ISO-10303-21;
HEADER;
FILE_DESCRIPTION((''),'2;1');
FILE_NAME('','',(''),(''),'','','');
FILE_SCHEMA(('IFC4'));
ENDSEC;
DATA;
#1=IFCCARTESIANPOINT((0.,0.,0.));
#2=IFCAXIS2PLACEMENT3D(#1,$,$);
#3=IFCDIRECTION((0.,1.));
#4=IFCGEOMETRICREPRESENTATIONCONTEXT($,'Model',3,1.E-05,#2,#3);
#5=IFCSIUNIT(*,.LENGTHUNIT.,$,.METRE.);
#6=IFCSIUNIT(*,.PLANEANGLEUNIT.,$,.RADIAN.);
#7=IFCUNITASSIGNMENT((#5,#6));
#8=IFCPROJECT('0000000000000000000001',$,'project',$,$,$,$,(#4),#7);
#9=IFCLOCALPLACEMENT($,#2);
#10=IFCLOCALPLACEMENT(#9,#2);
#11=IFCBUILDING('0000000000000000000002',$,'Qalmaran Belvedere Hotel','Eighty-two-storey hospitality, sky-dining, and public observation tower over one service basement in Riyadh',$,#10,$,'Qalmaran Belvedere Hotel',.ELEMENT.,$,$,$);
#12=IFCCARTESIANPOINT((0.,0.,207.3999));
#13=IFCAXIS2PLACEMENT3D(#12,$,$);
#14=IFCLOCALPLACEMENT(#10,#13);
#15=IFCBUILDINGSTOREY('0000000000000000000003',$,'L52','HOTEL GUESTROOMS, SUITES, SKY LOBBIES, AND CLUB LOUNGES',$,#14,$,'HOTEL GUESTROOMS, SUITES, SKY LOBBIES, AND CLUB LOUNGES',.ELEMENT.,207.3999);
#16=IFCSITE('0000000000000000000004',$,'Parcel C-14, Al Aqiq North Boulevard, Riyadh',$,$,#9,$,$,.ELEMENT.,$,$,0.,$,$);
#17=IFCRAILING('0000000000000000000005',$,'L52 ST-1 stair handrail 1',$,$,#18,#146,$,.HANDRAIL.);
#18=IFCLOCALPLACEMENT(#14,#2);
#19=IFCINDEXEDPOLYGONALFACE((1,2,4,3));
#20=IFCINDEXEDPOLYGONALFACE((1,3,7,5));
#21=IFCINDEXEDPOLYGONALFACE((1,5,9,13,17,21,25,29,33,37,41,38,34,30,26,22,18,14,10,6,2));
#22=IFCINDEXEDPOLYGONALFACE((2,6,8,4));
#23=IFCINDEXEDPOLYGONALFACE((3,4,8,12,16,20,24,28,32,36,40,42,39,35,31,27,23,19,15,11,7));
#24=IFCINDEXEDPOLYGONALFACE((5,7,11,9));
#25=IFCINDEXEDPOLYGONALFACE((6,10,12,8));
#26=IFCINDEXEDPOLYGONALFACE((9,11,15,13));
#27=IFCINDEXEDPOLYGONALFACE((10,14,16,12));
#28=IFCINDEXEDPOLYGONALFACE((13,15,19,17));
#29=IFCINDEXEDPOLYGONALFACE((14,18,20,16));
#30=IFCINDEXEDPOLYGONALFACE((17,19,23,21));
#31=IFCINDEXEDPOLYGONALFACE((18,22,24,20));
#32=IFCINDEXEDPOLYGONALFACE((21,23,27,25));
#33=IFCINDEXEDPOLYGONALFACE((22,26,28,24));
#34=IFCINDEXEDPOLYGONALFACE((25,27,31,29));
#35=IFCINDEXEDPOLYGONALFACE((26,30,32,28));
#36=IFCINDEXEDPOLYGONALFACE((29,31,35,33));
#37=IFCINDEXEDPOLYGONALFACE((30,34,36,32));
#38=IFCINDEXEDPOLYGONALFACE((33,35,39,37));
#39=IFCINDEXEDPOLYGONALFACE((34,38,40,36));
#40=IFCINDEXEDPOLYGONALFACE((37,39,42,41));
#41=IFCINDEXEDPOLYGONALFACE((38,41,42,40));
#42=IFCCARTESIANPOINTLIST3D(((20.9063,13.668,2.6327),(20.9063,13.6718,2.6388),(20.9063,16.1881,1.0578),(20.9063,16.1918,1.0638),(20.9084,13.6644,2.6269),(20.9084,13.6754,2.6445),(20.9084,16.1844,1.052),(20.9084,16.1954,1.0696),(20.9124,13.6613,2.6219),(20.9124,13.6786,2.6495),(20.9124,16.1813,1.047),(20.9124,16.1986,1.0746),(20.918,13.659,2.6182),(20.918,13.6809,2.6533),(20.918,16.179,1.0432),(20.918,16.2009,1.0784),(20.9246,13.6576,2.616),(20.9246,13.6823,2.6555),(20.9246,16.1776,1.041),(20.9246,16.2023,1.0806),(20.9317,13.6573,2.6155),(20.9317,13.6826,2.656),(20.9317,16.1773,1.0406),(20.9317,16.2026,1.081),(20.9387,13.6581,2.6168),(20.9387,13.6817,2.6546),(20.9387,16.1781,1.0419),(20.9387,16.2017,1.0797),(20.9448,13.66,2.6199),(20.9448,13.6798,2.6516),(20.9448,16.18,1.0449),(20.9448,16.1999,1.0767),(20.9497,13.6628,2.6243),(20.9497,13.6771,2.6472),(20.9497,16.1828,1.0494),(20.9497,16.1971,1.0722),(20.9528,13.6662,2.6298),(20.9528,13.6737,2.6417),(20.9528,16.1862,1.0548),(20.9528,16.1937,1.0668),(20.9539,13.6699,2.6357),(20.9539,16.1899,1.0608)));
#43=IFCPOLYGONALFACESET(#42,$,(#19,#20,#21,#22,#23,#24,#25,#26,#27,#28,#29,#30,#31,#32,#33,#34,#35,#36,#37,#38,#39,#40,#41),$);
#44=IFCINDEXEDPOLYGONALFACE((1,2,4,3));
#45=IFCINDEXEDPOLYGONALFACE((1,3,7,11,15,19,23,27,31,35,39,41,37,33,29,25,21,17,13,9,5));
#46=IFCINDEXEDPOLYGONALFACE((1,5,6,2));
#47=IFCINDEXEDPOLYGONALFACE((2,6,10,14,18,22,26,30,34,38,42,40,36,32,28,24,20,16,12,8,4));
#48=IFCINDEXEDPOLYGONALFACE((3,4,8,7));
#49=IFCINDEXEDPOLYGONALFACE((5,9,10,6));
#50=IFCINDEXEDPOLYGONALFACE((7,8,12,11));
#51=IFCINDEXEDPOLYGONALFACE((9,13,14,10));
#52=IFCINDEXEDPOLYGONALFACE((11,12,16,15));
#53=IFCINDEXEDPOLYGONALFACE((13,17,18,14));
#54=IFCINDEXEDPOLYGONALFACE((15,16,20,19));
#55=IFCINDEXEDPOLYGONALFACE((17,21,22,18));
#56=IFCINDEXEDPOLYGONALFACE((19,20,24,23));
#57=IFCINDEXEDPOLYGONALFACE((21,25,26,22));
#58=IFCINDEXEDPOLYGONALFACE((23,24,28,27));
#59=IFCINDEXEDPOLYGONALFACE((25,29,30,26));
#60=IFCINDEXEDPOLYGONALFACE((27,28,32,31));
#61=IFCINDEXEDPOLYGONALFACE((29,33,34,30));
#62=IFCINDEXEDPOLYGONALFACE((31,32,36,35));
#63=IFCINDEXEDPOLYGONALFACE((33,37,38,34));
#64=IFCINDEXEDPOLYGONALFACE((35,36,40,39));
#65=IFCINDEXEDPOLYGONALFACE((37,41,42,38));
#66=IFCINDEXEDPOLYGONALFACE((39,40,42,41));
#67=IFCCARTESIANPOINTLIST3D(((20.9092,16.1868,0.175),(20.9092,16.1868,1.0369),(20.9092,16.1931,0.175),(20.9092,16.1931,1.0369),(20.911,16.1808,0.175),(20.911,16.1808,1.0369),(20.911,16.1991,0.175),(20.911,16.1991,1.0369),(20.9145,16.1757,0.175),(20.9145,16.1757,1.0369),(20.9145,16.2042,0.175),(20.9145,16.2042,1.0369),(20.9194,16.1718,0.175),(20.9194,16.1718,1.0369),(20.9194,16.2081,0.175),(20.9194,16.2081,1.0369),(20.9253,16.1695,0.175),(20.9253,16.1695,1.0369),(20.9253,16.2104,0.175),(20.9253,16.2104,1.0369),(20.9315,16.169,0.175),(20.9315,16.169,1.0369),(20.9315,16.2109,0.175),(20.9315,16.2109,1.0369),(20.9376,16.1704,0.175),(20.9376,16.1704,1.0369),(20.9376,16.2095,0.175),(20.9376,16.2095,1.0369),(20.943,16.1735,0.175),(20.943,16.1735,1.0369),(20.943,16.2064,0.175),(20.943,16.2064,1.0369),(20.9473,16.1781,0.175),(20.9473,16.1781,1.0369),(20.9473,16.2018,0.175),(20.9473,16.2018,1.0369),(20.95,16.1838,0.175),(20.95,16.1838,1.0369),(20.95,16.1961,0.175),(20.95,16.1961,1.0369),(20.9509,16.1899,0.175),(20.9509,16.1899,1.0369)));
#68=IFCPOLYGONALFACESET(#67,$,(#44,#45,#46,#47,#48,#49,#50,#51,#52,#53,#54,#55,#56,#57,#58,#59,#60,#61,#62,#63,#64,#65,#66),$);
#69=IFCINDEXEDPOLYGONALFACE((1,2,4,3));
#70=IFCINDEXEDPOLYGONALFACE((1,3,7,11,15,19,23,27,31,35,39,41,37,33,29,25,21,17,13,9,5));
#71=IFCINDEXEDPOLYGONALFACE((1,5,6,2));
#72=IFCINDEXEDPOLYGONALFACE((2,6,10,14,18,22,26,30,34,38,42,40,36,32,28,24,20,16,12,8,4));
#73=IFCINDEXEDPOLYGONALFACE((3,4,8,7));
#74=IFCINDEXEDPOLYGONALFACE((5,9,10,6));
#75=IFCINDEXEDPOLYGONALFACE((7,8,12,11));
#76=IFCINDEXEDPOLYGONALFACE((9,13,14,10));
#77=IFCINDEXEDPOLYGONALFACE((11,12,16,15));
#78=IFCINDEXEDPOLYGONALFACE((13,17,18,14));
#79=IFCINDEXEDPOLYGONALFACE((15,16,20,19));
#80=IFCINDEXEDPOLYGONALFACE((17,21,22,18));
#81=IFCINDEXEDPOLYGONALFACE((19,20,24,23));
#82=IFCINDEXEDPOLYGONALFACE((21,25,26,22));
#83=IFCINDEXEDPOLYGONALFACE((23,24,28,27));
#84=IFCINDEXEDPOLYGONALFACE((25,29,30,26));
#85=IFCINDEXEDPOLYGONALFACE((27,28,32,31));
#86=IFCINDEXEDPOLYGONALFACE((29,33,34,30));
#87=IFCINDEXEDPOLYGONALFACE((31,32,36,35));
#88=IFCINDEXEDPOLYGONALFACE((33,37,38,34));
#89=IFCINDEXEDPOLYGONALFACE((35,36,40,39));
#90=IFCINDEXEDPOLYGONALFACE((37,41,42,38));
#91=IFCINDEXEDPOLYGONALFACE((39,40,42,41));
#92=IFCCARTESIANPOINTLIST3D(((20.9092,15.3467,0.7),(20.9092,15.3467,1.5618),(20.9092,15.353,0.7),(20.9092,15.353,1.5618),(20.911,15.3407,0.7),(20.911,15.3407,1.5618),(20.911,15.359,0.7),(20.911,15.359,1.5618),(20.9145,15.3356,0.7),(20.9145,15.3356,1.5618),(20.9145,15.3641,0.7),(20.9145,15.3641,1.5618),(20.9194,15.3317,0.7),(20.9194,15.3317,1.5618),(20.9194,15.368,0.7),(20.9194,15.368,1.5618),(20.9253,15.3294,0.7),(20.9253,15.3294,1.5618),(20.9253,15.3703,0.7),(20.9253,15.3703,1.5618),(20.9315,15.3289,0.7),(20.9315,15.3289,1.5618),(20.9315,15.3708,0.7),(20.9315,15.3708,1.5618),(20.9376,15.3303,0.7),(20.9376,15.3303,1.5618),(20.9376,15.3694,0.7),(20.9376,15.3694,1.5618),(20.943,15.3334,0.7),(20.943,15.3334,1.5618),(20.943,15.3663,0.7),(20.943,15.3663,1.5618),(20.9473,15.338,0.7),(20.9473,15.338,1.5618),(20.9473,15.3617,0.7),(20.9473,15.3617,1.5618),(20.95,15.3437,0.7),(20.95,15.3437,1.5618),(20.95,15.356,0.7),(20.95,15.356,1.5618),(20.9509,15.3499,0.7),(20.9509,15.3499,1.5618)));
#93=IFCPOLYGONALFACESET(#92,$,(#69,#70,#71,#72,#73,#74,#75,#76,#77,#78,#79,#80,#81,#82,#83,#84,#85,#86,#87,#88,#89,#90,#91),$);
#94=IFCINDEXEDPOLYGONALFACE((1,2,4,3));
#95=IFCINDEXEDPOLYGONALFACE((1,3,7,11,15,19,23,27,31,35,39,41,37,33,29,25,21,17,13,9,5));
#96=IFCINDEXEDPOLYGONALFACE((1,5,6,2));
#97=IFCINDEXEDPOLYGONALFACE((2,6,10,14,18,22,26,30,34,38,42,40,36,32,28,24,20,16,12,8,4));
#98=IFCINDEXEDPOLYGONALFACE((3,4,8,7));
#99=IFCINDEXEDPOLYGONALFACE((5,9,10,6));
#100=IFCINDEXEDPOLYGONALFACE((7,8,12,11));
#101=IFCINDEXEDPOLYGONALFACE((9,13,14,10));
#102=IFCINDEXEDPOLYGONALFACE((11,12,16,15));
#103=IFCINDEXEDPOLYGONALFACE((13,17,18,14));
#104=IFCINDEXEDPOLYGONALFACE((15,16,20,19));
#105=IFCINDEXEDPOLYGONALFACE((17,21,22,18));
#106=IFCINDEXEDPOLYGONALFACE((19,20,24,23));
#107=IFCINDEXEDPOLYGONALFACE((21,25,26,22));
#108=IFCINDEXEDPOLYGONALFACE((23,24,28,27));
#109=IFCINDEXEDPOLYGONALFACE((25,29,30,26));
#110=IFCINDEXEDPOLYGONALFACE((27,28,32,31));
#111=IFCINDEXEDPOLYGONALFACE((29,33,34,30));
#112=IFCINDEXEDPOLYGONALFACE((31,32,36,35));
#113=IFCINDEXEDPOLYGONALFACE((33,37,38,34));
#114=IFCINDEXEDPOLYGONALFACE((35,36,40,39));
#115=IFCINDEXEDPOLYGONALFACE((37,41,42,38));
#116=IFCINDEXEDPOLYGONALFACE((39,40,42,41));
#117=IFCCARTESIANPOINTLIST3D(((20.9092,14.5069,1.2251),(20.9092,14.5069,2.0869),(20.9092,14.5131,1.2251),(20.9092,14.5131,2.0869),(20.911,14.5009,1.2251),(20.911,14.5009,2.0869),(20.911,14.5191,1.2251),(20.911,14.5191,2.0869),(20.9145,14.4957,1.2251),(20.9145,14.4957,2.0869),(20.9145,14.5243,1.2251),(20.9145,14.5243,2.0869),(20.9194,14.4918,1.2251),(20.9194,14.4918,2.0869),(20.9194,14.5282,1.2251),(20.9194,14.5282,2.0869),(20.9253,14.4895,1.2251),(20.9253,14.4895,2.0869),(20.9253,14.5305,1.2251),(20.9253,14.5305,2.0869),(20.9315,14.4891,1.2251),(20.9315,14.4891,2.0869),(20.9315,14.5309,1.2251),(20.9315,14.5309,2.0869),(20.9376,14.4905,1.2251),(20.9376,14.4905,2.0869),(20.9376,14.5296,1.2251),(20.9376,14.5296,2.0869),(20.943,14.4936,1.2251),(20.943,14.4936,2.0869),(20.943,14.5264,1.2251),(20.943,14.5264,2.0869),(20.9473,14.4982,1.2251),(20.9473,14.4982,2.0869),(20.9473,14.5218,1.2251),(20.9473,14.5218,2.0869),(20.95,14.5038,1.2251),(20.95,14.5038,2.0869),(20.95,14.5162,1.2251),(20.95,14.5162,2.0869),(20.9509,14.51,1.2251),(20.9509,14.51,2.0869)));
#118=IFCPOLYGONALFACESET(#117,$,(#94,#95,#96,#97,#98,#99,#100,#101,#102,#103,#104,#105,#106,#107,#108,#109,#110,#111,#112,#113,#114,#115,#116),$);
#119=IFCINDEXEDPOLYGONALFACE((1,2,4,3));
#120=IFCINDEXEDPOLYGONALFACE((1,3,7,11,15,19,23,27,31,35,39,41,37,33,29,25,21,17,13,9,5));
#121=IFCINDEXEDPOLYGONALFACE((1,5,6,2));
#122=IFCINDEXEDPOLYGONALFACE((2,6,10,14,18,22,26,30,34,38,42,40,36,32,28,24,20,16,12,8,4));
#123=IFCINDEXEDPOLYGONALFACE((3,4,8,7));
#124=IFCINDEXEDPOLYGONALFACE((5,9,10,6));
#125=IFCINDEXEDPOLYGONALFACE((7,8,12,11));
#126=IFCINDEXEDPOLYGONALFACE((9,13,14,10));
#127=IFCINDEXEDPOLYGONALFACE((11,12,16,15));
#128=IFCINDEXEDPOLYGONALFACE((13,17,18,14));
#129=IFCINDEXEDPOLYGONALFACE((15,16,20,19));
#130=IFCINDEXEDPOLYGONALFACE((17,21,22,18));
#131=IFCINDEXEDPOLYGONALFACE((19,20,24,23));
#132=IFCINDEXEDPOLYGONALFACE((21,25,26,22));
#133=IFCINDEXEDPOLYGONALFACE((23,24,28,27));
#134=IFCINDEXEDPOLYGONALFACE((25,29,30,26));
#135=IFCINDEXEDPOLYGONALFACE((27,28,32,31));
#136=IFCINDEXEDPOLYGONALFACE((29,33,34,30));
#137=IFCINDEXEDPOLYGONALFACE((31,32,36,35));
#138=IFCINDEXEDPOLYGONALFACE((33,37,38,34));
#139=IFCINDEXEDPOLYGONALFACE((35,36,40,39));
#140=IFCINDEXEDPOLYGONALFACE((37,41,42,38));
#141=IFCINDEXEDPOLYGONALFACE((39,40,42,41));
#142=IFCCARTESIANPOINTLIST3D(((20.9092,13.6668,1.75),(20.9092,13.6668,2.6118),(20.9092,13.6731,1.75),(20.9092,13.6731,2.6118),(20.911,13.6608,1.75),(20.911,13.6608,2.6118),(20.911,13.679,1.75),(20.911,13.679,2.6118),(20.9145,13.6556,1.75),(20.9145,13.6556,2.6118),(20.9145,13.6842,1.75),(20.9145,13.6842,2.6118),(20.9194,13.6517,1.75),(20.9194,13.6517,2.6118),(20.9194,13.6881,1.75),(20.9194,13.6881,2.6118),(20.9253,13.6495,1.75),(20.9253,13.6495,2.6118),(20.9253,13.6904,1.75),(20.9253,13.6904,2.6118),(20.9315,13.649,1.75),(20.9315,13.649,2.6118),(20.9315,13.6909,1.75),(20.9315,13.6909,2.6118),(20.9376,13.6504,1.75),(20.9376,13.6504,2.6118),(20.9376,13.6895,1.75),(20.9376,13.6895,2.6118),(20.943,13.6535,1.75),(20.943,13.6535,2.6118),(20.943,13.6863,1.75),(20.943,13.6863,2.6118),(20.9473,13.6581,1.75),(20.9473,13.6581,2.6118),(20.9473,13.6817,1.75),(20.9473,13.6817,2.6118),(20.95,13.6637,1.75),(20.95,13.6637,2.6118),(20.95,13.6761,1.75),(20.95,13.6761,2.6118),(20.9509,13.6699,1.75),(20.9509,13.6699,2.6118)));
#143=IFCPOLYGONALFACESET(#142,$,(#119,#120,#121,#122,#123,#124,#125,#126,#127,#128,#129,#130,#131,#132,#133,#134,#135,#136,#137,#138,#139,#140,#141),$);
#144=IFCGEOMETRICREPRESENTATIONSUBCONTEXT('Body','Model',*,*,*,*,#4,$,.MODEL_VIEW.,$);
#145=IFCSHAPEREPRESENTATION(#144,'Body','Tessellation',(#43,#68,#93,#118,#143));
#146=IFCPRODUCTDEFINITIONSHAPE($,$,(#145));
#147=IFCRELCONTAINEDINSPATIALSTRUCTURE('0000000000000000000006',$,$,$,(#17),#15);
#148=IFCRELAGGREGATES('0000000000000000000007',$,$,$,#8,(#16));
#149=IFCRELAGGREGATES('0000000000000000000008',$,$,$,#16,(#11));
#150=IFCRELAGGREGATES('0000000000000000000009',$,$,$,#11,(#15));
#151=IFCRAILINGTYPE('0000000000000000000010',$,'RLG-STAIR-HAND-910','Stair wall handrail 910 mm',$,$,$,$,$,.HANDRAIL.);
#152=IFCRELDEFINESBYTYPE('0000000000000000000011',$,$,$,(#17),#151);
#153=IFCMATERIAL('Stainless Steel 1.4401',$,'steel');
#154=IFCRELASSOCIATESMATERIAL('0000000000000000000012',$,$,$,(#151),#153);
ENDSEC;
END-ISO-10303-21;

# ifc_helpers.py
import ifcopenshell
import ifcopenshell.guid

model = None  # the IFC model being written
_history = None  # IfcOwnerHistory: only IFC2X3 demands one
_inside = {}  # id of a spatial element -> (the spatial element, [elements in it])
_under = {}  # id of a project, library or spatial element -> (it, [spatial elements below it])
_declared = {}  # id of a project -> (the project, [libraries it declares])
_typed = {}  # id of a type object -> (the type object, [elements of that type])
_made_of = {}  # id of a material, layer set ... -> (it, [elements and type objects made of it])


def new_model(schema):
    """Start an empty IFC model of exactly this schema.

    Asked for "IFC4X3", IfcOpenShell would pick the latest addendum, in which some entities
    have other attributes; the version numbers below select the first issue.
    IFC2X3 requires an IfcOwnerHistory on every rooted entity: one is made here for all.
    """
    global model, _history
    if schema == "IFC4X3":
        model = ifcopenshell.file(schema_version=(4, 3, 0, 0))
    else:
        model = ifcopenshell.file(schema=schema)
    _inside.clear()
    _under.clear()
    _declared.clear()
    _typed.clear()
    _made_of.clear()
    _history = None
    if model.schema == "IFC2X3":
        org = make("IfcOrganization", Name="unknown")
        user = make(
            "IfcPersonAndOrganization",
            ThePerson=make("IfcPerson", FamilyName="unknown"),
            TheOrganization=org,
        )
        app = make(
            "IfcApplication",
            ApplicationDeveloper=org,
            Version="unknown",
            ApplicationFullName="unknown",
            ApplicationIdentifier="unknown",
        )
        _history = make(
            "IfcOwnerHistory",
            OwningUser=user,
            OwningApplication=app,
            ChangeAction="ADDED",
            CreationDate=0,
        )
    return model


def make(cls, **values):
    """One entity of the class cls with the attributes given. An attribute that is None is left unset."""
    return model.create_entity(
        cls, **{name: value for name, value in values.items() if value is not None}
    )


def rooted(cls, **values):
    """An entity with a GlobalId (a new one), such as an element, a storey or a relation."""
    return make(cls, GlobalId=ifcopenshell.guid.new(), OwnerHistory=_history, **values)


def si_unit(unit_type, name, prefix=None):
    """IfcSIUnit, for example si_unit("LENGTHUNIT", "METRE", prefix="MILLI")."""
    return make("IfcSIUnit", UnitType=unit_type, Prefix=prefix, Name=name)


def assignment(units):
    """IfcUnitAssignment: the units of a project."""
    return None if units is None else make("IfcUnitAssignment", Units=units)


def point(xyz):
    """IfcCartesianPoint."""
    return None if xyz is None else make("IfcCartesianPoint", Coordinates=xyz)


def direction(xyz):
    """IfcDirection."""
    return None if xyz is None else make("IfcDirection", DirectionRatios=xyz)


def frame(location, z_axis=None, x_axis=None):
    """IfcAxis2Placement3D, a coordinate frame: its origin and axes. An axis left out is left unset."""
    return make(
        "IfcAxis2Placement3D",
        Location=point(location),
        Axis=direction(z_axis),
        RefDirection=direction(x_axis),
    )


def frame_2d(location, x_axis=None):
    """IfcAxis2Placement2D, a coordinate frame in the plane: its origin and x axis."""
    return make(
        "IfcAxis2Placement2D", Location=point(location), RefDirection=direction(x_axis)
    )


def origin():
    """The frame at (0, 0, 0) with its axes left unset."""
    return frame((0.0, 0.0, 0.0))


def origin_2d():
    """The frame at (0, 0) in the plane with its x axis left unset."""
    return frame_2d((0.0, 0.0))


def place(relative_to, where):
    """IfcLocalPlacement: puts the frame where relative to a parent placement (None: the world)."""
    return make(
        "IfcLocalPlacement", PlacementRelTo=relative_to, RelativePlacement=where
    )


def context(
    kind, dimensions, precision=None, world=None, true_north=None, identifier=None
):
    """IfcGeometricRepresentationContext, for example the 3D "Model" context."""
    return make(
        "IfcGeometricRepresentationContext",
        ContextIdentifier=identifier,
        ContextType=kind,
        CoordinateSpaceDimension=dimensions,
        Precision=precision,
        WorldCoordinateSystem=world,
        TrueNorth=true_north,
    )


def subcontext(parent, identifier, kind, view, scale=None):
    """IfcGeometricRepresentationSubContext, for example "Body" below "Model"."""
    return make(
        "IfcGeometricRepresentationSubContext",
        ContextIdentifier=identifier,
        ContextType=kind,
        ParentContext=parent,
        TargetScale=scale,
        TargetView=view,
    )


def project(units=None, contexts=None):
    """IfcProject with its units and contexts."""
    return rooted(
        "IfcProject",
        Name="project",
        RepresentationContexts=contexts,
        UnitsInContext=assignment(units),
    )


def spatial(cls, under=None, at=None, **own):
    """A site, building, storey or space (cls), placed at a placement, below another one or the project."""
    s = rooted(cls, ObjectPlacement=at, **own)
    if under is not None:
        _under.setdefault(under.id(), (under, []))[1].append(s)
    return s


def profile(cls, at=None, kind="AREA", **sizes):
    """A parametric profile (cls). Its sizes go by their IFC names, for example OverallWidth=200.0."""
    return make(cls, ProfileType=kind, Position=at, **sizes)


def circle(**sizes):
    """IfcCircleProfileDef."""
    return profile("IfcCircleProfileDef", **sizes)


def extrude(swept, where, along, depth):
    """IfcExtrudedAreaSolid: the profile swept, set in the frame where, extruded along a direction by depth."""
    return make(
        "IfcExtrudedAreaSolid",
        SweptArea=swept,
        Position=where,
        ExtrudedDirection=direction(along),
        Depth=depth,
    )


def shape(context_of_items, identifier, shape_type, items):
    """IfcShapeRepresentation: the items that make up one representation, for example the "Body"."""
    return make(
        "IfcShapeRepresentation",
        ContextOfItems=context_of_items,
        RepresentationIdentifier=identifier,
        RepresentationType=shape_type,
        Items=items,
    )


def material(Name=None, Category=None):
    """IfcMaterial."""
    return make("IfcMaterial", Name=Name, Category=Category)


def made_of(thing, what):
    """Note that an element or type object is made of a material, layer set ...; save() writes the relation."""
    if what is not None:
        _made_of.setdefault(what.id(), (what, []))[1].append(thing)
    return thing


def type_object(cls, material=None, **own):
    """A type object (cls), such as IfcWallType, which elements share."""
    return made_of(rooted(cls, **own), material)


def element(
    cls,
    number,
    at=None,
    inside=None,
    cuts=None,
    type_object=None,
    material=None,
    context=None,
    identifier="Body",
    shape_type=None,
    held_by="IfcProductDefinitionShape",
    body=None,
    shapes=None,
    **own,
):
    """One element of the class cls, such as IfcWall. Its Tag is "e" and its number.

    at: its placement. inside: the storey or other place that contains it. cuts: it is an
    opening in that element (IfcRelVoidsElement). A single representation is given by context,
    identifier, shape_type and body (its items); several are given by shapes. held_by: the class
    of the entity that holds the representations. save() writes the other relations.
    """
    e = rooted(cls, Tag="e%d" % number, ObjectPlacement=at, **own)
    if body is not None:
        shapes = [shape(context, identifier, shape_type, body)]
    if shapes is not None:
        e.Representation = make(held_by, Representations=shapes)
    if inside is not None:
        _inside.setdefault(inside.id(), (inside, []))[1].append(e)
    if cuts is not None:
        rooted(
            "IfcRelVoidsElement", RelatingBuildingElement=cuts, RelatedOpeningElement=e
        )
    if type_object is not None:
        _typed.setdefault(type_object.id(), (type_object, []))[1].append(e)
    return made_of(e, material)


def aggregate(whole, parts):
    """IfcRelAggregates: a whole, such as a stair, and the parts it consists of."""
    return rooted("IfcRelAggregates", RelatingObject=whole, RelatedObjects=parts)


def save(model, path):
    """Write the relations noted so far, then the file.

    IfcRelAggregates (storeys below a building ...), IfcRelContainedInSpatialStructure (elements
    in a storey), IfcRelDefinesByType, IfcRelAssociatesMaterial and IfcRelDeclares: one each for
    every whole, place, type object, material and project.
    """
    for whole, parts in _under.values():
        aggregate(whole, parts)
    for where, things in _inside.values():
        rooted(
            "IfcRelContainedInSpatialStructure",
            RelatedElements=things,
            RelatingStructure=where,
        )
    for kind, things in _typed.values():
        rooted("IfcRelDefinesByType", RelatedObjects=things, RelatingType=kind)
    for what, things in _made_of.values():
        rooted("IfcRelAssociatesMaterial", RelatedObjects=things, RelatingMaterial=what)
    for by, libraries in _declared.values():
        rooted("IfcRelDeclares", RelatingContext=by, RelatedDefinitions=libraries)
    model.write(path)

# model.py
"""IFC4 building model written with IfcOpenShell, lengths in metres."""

from ifc_helpers import new_model, si_unit, direction, frame, origin, origin_2d, place, context, subcontext, project, spatial, circle, extrude, material, type_object, element, save


model = new_model("IFC4")

# Units and contexts
model_context = context("Model", 3, precision=1e-05, world=origin(), true_north=direction((0.0, 1.0)))
body_context = subcontext(model_context, "Body", "Model", "MODEL_VIEW")
ifc_project = project(units=[si_unit("LENGTHUNIT", "METRE"), si_unit("PLANEANGLEUNIT", "RADIAN")], contexts=[model_context])

# Site, building, storey
site_placement = place(None, origin())
site = spatial("IfcSite", under=ifc_project, at=site_placement, Name="Parcel C-14, Al Aqiq North Boulevard, Riyadh", CompositionType="ELEMENT", RefElevation=0.0)
building_placement = place(site_placement, origin())
building = spatial("IfcBuilding", under=site, at=building_placement, Name="Qalmaran Belvedere Hotel", Description="Eighty-two-storey hospitality, sky-dining, and public observation tower over one service basement in Riyadh", LongName="Qalmaran Belvedere Hotel", CompositionType="ELEMENT")
storey_placement = place(building_placement, frame((0.0, 0.0, 207.3999)))
storey = spatial("IfcBuildingStorey", under=building, at=storey_placement, Name="L52", Description="HOTEL GUESTROOMS, SUITES, SKY LOBBIES, AND CLUB LOUNGES", LongName="HOTEL GUESTROOMS, SUITES, SKY LOBBIES, AND CLUB LOUNGES", CompositionType="ELEMENT", Elevation=207.3999)

# Shared definitions
ifc_material_1 = material(Name="Stainless Steel 1.4401", Category="steel")

# Railing
railing_type_1 = type_object("IfcRailingType", Name="RLG-STAIR-HAND-910", Description="Stair wall handrail 910 mm", PredefinedType="HANDRAIL", material=ifc_material_1)
railing_1_placement = place(storey_placement, frame((20.9299, 16.1899, 0.175)))
element("IfcRailing", 1, at=railing_1_placement, inside=storey, type_object=railing_type_1, Name="L52 ST-1 stair handrail 1", PredefinedType="HANDRAIL", context=body_context, shape_type="SweptSolid", body=[
    extrude(circle(Radius=0.0239, at=origin_2d()), frame((0.0, 0.0, 0.8857), z_axis=(0.0, -0.848008, 0.529984), x_axis=(1.0, 0.0, 0.0)), (0.0, 0.0, 1.0), 2.9717),
    extrude(circle(Radius=0.021, at=origin_2d()), origin(), (0.0, 0.0, 1.0), 0.8618),
    extrude(circle(Radius=0.021, at=origin_2d()), frame((0.0, -0.8401, 0.5249)), (0.0, 0.0, 1.0), 0.8618),
    extrude(circle(Radius=0.021, at=origin_2d()), frame((0.0, -1.6799, 1.05)), (0.0, 0.0, 1.0), 0.8618),
    extrude(circle(Radius=0.021, at=origin_2d()), frame((0.0, -2.52, 1.575)), (0.0, 0.0, 1.0), 0.8618),
])

save(model, "model.ifc")
